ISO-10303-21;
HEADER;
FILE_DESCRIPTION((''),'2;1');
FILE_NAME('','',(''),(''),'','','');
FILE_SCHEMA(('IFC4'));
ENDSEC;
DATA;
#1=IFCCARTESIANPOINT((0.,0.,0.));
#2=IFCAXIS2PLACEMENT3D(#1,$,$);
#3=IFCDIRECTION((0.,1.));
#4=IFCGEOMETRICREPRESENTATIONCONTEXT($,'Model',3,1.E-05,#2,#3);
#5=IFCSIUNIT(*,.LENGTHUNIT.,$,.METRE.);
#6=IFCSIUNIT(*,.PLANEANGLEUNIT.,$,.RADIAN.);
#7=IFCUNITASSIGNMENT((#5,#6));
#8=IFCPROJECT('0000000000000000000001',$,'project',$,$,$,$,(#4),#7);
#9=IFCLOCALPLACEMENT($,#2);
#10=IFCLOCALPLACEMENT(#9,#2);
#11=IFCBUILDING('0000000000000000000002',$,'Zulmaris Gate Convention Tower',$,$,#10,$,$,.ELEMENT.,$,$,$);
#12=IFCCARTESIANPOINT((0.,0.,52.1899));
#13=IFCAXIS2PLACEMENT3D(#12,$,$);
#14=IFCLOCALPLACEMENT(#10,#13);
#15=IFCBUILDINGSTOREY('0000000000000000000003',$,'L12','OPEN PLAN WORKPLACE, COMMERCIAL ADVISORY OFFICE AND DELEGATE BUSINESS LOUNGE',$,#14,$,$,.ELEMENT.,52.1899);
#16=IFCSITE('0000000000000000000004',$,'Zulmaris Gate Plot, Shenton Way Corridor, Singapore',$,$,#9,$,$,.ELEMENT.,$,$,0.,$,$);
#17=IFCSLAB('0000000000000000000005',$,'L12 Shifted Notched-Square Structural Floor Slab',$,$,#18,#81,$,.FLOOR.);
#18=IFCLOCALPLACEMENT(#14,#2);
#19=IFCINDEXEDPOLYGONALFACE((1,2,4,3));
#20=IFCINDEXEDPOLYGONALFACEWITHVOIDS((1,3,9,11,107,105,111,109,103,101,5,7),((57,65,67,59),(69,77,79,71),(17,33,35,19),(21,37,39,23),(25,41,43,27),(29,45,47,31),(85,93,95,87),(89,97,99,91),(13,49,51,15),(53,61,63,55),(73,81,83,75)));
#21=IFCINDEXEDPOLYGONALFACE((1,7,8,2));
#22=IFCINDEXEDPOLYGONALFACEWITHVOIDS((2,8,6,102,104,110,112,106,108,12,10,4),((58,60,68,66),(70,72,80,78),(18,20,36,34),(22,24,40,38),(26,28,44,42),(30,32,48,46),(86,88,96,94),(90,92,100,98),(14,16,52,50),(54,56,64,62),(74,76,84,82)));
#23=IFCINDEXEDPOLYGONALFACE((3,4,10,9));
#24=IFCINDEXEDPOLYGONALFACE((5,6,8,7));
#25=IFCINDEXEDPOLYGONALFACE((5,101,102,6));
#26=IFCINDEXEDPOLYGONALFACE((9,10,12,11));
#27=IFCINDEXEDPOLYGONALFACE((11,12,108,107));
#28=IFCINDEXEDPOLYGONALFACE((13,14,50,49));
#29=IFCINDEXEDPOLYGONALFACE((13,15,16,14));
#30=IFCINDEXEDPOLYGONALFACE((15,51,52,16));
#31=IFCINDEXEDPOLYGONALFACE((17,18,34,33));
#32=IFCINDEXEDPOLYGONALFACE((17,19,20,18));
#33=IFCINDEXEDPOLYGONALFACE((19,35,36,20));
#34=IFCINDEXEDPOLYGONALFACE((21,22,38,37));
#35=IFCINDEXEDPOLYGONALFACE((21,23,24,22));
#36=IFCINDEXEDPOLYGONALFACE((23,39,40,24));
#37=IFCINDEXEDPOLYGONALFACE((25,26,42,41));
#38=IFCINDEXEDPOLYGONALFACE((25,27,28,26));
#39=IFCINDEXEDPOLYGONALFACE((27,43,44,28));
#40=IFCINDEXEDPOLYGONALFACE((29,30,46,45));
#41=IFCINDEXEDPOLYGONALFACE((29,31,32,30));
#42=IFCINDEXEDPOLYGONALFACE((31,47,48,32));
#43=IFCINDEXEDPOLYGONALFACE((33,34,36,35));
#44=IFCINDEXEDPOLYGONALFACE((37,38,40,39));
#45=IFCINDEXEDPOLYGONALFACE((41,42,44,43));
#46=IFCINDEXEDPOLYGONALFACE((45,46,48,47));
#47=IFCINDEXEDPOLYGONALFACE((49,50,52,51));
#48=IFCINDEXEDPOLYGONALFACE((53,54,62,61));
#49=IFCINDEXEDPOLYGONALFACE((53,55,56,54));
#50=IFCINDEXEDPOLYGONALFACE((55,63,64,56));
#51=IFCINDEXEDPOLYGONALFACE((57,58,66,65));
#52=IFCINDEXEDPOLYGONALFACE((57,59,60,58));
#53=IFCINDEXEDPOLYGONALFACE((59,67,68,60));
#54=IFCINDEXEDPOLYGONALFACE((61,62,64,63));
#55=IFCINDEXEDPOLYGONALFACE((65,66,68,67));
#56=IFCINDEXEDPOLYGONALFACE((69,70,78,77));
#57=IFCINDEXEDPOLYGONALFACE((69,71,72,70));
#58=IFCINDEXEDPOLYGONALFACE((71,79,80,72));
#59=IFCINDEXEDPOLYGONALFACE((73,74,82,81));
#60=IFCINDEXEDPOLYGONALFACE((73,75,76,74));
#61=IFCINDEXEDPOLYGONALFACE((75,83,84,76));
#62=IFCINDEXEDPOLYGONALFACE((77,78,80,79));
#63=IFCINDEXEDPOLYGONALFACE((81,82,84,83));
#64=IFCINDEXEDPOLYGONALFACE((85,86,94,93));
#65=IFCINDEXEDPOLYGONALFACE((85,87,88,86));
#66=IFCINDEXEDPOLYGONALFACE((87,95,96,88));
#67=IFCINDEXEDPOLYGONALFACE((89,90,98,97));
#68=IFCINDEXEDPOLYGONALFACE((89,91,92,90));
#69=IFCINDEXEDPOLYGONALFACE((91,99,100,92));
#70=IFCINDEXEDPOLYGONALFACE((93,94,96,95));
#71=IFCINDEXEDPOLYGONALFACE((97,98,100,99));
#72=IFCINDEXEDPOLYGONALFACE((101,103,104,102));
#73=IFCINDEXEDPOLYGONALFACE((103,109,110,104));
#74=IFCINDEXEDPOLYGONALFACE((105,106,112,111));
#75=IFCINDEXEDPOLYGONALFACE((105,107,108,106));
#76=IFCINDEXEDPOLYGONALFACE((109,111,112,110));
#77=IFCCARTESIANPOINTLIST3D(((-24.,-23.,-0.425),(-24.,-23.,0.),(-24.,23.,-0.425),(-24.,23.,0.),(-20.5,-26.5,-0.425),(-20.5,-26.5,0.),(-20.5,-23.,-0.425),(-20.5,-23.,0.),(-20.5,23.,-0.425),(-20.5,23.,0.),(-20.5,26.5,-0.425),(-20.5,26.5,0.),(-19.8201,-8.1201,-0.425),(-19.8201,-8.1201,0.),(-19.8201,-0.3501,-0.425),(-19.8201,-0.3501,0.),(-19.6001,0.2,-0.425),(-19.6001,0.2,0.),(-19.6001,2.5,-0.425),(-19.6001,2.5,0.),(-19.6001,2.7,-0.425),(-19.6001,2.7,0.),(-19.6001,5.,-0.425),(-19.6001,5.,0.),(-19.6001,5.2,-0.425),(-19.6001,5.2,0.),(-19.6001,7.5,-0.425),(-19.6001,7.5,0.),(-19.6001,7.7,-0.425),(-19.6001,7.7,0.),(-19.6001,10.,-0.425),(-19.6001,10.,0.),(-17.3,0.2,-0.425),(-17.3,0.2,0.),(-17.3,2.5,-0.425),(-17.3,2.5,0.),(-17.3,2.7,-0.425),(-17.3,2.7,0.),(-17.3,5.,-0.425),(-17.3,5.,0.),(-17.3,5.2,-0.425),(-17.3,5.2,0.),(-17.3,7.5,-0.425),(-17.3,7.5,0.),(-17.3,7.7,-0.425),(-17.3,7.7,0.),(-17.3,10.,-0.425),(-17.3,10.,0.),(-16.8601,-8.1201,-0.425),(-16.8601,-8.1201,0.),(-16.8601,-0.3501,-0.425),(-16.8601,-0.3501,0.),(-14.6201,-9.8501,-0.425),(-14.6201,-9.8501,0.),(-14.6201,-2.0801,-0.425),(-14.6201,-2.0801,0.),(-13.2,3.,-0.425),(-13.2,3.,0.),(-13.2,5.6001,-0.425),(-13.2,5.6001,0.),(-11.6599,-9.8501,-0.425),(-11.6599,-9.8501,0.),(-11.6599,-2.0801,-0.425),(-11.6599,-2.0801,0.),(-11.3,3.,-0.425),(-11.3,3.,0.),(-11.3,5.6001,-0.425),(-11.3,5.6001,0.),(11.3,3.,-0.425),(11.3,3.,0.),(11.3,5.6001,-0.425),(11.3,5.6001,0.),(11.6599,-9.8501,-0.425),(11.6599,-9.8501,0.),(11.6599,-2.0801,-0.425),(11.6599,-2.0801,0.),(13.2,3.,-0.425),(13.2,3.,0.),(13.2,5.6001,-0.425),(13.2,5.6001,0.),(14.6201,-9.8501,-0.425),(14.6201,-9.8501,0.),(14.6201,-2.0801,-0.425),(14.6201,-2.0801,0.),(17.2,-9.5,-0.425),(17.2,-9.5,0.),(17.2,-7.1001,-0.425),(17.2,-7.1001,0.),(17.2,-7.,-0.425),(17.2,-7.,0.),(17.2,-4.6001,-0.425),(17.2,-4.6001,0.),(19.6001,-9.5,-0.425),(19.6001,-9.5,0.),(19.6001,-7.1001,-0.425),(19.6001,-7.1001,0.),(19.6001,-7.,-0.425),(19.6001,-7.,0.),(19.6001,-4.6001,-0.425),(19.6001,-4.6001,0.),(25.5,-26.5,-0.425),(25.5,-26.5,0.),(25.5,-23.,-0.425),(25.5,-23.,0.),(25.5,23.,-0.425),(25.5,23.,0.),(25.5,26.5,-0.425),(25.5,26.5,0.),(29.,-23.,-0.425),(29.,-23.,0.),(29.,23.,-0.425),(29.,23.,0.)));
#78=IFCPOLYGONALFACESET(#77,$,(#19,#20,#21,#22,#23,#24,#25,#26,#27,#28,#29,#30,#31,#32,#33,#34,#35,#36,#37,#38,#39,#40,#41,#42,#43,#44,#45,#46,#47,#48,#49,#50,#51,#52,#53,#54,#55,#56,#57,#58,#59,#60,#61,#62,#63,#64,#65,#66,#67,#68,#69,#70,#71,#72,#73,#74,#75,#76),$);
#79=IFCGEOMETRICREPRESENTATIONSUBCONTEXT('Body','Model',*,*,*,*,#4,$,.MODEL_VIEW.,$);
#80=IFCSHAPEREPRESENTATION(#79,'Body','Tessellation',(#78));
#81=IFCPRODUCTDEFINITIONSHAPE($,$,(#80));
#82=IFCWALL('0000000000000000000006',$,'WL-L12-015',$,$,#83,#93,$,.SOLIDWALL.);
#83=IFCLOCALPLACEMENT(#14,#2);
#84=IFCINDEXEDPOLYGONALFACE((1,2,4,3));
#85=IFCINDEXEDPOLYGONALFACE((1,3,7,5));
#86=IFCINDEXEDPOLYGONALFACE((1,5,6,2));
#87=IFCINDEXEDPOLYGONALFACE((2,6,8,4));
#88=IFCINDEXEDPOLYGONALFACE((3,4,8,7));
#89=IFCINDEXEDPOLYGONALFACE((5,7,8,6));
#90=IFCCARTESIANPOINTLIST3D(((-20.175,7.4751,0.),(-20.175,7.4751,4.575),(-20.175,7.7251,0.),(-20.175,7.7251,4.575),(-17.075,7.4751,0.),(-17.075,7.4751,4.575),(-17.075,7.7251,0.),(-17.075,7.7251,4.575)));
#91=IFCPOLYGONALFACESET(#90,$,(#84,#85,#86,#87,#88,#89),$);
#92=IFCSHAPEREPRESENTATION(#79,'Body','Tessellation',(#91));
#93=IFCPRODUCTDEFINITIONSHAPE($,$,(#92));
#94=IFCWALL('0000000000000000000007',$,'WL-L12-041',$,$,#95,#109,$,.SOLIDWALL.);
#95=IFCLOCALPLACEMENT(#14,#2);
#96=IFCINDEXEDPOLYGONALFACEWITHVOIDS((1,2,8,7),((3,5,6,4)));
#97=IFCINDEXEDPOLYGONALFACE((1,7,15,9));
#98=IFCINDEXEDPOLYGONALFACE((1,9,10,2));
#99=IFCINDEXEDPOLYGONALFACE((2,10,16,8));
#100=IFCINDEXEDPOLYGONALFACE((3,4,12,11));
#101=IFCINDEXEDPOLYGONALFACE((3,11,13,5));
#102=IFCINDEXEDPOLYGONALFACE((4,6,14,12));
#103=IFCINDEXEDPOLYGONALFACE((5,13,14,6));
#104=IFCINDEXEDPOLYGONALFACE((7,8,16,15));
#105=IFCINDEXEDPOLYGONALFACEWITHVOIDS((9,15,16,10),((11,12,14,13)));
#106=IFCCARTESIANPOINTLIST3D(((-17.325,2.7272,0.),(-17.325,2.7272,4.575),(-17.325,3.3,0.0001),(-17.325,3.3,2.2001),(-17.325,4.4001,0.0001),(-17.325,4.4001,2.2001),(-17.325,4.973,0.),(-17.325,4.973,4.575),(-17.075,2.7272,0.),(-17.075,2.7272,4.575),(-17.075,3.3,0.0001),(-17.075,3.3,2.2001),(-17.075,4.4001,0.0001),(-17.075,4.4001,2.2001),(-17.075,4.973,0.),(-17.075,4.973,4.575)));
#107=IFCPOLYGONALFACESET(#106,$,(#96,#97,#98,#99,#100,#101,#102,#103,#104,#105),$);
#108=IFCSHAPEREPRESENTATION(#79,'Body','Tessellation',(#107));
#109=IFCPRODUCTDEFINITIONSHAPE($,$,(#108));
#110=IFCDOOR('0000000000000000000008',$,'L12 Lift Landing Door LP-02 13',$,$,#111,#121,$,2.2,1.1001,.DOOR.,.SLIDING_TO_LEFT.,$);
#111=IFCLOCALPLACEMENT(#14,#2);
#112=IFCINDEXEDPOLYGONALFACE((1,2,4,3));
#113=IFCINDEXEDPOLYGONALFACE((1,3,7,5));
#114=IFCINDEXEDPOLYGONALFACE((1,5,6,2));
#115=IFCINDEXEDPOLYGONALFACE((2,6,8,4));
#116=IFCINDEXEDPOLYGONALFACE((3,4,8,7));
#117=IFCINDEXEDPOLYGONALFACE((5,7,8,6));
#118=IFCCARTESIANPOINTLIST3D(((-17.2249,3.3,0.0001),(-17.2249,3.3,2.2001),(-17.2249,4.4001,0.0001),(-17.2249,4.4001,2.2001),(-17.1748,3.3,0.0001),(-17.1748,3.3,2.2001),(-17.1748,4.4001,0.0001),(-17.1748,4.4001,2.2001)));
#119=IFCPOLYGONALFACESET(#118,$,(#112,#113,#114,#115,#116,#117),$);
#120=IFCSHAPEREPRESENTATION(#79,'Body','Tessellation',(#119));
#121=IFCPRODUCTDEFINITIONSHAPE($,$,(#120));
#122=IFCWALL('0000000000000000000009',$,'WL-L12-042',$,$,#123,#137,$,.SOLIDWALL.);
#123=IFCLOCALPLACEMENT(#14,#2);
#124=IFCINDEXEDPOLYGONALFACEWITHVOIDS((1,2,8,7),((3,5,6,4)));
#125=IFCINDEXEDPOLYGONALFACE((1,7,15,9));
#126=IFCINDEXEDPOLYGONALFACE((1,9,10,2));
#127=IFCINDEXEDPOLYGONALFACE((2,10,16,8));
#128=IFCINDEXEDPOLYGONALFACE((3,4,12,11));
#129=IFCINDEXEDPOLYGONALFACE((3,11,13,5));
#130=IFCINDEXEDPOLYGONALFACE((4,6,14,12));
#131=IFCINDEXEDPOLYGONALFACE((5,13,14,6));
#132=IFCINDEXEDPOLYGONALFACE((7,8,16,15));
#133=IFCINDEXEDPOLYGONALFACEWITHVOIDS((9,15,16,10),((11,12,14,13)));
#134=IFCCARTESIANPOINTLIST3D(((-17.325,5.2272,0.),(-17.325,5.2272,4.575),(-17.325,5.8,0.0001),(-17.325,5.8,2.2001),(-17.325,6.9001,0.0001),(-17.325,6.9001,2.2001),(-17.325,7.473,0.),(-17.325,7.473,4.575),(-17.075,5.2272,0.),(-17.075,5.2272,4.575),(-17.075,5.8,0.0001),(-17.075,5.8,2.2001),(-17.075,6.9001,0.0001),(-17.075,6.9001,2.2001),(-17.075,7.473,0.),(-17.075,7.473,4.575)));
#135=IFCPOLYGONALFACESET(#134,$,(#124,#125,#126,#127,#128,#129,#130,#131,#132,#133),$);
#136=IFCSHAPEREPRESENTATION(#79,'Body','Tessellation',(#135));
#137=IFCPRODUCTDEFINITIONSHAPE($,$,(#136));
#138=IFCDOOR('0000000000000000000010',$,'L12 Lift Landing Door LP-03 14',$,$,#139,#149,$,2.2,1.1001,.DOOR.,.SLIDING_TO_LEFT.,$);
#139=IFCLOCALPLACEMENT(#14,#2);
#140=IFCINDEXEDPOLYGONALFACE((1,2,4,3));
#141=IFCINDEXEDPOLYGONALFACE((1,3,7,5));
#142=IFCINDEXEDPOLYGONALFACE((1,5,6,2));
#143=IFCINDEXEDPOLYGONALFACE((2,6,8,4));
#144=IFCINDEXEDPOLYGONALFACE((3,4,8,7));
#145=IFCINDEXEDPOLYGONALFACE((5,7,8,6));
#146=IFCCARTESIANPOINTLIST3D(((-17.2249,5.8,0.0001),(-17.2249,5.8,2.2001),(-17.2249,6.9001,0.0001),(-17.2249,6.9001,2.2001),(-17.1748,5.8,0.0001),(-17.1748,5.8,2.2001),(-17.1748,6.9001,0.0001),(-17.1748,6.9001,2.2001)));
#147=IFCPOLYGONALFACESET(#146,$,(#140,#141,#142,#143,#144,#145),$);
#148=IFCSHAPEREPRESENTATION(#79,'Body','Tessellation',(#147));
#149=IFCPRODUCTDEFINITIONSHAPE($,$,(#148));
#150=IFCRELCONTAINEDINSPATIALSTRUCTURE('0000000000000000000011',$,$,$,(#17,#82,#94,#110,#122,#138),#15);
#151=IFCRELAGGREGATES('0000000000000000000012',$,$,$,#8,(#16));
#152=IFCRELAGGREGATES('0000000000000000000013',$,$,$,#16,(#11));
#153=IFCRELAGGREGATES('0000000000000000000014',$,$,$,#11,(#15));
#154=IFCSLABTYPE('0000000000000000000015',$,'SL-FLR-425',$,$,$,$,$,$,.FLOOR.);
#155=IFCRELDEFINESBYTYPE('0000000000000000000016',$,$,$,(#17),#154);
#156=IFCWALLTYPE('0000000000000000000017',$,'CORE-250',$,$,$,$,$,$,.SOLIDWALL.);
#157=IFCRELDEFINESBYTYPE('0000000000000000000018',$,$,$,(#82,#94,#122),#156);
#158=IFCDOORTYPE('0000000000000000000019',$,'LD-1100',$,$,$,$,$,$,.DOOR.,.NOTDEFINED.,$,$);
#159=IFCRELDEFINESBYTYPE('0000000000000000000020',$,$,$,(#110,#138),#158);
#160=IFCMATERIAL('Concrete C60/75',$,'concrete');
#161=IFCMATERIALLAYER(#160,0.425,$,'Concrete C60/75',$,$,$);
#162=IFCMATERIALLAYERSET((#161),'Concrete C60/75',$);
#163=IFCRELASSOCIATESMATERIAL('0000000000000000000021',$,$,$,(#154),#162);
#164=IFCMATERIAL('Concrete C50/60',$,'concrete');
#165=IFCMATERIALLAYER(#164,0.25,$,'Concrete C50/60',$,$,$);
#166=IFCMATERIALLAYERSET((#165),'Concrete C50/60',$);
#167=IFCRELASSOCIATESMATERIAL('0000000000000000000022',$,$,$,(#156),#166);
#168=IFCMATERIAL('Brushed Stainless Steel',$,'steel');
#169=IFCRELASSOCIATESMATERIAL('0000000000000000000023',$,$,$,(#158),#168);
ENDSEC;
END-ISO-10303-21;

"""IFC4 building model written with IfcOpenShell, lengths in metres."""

from ifc_helpers import new_model, si_unit, direction, frame, frame_2d, origin, place, context, subcontext, project, spatial, polyline, rectangle, outline, extrude, material, layer, layer_set, type_object, element, fill, save


model = new_model("IFC4")

# Units and contexts
model_context = context("Model", 3, precision=1e-05, world=origin(), true_north=direction((0.0, 1.0)))
body_context = subcontext(model_context, "Body", "Model", "MODEL_VIEW")
ifc_project = project(units=[si_unit("LENGTHUNIT", "METRE"), si_unit("PLANEANGLEUNIT", "RADIAN")], contexts=[model_context])

# Site, building, storey
site_placement = place(None, origin())
site = spatial("IfcSite", under=ifc_project, at=site_placement, Name="Zulmaris Gate Plot, Shenton Way Corridor, Singapore", CompositionType="ELEMENT", RefElevation=0.0)
building_placement = place(site_placement, origin())
building = spatial("IfcBuilding", under=site, at=building_placement, Name="Zulmaris Gate Convention Tower", CompositionType="ELEMENT")
storey_placement = place(building_placement, frame((0.0, 0.0, 52.1899)))
storey = spatial("IfcBuildingStorey", under=building, at=storey_placement, Name="L12", Description="OPEN PLAN WORKPLACE, COMMERCIAL ADVISORY OFFICE AND DELEGATE BUSINESS LOUNGE", CompositionType="ELEMENT", Elevation=52.1899)

# Slab
ifc_material_1 = material(Name="Concrete C60/75", Category="concrete")
ifc_layer_1 = layer(ifc_material_1, 0.425, Name="Concrete C60/75")
ifc_layer_set_1 = layer_set([ifc_layer_1], Name="Concrete C60/75")
slab_type = type_object("IfcSlabType", Name="SL-FLR-425", PredefinedType="FLOOR", material=ifc_layer_set_1)
slab_placement = place(storey_placement, frame((0.0, 0.0, -0.425)))
element("IfcSlab", 1, at=slab_placement, inside=storey, type_object=slab_type, Name="L12 Shifted Notched-Square Structural Floor Slab", PredefinedType="FLOOR", context=body_context, shape_type="SweptSolid", body=[
    extrude(outline(polyline([(-20.5, -26.5), (25.5, -26.5), (25.5, -23.0), (29.0, -23.0), (29.0, 23.0), (25.5, 23.0), (25.5, 26.5), (-20.5, 26.5), (-20.5, 23.0), (-24.0, 23.0), (-24.0, -23.0), (-20.5, -23.0), (-20.5, -26.5)]), holes=[polyline([(-14.6201, -2.0801), (-14.6201, -9.8501), (-11.6599, -9.8501), (-11.6599, -2.0801), (-14.6201, -2.0801)]), polyline([(11.6599, -2.0801), (11.6599, -9.8501), (14.6201, -9.8501), (14.6201, -2.0801), (11.6599, -2.0801)]), polyline([(-16.8601, -8.1201), (-16.8601, -0.3501), (-19.8201, -0.3501), (-19.8201, -8.1201), (-16.8601, -8.1201)]), polyline([(-13.2, 3.0), (-11.3, 3.0), (-11.3, 5.6001), (-13.2, 5.6001), (-13.2, 3.0)]), polyline([(11.3, 3.0), (13.2, 3.0), (13.2, 5.6001), (11.3, 5.6001), (11.3, 3.0)]), polyline([(-19.6001, 0.2), (-17.3, 0.2), (-17.3, 2.5), (-19.6001, 2.5), (-19.6001, 0.2)]), polyline([(-19.6001, 2.7), (-17.3, 2.7), (-17.3, 5.0), (-19.6001, 5.0), (-19.6001, 2.7)]), polyline([(-19.6001, 5.2), (-17.3, 5.2), (-17.3, 7.5), (-19.6001, 7.5), (-19.6001, 5.2)]), polyline([(-19.6001, 7.7), (-17.3, 7.7), (-17.3, 10.0), (-19.6001, 10.0), (-19.6001, 7.7)]), polyline([(17.2, -9.5), (19.6001, -9.5), (19.6001, -7.1001), (17.2, -7.1001), (17.2, -9.5)]), polyline([(17.2, -7.0), (19.6001, -7.0), (19.6001, -4.6001), (17.2, -4.6001), (17.2, -7.0)])]), origin(), (0.0, 0.0, 1.0), 0.425),
])

# Wall
ifc_material_2 = material(Name="Concrete C50/60", Category="concrete")
ifc_layer_2 = layer(ifc_material_2, 0.25, Name="Concrete C50/60")
ifc_layer_set_2 = layer_set([ifc_layer_2], Name="Concrete C50/60")
wall_type_1 = type_object("IfcWallType", Name="CORE-250", PredefinedType="SOLIDWALL", material=ifc_layer_set_2)
wall_1_placement = place(storey_placement, frame((-20.175, 7.6001, 0.0), z_axis=(0.0, 0.0, 1.0), x_axis=(1.0, 0.0, 0.0)))
element("IfcWall", 2, at=wall_1_placement, inside=storey, type_object=wall_type_1, Name="WL-L12-015", PredefinedType="SOLIDWALL", context=body_context, shape_type="SweptSolid", body=[
    extrude(rectangle(XDim=3.1001, YDim=0.25, at=frame_2d((1.55, 0.0))), origin(), (0.0, 0.0, 1.0), 4.575),
])

# Walls, openings, doors
wall_2_placement = place(storey_placement, frame((-17.2, 2.7271, 0.0), z_axis=(0.0, 0.0, 1.0), x_axis=(0.0, 1.0, 0.0)))
wall_2 = element("IfcWall", 3, at=wall_2_placement, inside=storey, type_object=wall_type_1, Name="WL-L12-041", PredefinedType="SOLIDWALL", context=body_context, shape_type="SweptSolid", body=[
    extrude(rectangle(XDim=2.2458, YDim=0.25, at=frame_2d((1.123, 0.0))), origin(), (0.0, 0.0, 1.0), 4.575),
])
opening_1_placement = place(wall_2_placement, frame((0.573, 0.0, 0.0)))
opening_1 = element("IfcOpeningElement", 4, at=opening_1_placement, cuts=wall_2, PredefinedType="OPENING", context=body_context, shape_type="SweptSolid", body=[
    extrude(rectangle(XDim=1.1001, YDim=2.2, at=frame_2d((0.55, 1.1001))), frame((0.0, 0.135, 0.0), z_axis=(0.0, -1.0, 0.0), x_axis=(1.0, 0.0, 0.0)), (0.0, 0.0, 1.0), 0.27),
])
ifc_material_3 = material(Name="Brushed Stainless Steel", Category="steel")
door_type_1 = type_object("IfcDoorType", Name="LD-1100", OperationType="NOTDEFINED", PredefinedType="DOOR", material=ifc_material_3)
door_1_placement = place(opening_1_placement, origin())
door_1 = element("IfcDoor", 5, at=door_1_placement, inside=storey, type_object=door_type_1, Name="L12 Lift Landing Door LP-02 13", OperationType="SLIDING_TO_LEFT", OverallHeight=2.2, OverallWidth=1.1001, PredefinedType="DOOR", context=body_context, shape_type="SweptSolid", body=[
    extrude(rectangle(XDim=1.1001, YDim=2.2, at=frame_2d((0.55, 1.1001))), frame((0.0, 0.0249, 0.0), z_axis=(0.0, -1.0, 0.0), x_axis=(1.0, 0.0, 0.0)), (0.0, 0.0, 1.0), 0.05),
])
fill(opening_1, door_1)
wall_3_placement = place(storey_placement, frame((-17.2, 5.2271, 0.0), z_axis=(0.0, 0.0, 1.0), x_axis=(0.0, 1.0, 0.0)))
wall_3 = element("IfcWall", 6, at=wall_3_placement, inside=storey, type_object=wall_type_1, Name="WL-L12-042", PredefinedType="SOLIDWALL", context=body_context, shape_type="SweptSolid", body=[
    extrude(rectangle(XDim=2.2458, YDim=0.25, at=frame_2d((1.123, 0.0))), origin(), (0.0, 0.0, 1.0), 4.575),
])
opening_2_placement = place(wall_3_placement, frame((0.573, 0.0, 0.0)))
opening_2 = element("IfcOpeningElement", 7, at=opening_2_placement, cuts=wall_3, PredefinedType="OPENING", context=body_context, shape_type="SweptSolid", body=[
    extrude(rectangle(XDim=1.1001, YDim=2.2, at=frame_2d((0.55, 1.1001))), frame((0.0, 0.135, 0.0), z_axis=(0.0, -1.0, 0.0), x_axis=(1.0, 0.0, 0.0)), (0.0, 0.0, 1.0), 0.27),
])
door_2_placement = place(opening_2_placement, origin())
door_2 = element("IfcDoor", 8, at=door_2_placement, inside=storey, type_object=door_type_1, Name="L12 Lift Landing Door LP-03 14", OperationType="SLIDING_TO_LEFT", OverallHeight=2.2, OverallWidth=1.1001, PredefinedType="DOOR", context=body_context, shape_type="SweptSolid", body=[
    extrude(rectangle(XDim=1.1001, YDim=2.2, at=frame_2d((0.55, 1.1001))), frame((0.0, 0.0249, 0.0), z_axis=(0.0, -1.0, 0.0), x_axis=(1.0, 0.0, 0.0)), (0.0, 0.0, 1.0), 0.05),
])
fill(opening_2, door_2)

save(model, "model.ifc")
